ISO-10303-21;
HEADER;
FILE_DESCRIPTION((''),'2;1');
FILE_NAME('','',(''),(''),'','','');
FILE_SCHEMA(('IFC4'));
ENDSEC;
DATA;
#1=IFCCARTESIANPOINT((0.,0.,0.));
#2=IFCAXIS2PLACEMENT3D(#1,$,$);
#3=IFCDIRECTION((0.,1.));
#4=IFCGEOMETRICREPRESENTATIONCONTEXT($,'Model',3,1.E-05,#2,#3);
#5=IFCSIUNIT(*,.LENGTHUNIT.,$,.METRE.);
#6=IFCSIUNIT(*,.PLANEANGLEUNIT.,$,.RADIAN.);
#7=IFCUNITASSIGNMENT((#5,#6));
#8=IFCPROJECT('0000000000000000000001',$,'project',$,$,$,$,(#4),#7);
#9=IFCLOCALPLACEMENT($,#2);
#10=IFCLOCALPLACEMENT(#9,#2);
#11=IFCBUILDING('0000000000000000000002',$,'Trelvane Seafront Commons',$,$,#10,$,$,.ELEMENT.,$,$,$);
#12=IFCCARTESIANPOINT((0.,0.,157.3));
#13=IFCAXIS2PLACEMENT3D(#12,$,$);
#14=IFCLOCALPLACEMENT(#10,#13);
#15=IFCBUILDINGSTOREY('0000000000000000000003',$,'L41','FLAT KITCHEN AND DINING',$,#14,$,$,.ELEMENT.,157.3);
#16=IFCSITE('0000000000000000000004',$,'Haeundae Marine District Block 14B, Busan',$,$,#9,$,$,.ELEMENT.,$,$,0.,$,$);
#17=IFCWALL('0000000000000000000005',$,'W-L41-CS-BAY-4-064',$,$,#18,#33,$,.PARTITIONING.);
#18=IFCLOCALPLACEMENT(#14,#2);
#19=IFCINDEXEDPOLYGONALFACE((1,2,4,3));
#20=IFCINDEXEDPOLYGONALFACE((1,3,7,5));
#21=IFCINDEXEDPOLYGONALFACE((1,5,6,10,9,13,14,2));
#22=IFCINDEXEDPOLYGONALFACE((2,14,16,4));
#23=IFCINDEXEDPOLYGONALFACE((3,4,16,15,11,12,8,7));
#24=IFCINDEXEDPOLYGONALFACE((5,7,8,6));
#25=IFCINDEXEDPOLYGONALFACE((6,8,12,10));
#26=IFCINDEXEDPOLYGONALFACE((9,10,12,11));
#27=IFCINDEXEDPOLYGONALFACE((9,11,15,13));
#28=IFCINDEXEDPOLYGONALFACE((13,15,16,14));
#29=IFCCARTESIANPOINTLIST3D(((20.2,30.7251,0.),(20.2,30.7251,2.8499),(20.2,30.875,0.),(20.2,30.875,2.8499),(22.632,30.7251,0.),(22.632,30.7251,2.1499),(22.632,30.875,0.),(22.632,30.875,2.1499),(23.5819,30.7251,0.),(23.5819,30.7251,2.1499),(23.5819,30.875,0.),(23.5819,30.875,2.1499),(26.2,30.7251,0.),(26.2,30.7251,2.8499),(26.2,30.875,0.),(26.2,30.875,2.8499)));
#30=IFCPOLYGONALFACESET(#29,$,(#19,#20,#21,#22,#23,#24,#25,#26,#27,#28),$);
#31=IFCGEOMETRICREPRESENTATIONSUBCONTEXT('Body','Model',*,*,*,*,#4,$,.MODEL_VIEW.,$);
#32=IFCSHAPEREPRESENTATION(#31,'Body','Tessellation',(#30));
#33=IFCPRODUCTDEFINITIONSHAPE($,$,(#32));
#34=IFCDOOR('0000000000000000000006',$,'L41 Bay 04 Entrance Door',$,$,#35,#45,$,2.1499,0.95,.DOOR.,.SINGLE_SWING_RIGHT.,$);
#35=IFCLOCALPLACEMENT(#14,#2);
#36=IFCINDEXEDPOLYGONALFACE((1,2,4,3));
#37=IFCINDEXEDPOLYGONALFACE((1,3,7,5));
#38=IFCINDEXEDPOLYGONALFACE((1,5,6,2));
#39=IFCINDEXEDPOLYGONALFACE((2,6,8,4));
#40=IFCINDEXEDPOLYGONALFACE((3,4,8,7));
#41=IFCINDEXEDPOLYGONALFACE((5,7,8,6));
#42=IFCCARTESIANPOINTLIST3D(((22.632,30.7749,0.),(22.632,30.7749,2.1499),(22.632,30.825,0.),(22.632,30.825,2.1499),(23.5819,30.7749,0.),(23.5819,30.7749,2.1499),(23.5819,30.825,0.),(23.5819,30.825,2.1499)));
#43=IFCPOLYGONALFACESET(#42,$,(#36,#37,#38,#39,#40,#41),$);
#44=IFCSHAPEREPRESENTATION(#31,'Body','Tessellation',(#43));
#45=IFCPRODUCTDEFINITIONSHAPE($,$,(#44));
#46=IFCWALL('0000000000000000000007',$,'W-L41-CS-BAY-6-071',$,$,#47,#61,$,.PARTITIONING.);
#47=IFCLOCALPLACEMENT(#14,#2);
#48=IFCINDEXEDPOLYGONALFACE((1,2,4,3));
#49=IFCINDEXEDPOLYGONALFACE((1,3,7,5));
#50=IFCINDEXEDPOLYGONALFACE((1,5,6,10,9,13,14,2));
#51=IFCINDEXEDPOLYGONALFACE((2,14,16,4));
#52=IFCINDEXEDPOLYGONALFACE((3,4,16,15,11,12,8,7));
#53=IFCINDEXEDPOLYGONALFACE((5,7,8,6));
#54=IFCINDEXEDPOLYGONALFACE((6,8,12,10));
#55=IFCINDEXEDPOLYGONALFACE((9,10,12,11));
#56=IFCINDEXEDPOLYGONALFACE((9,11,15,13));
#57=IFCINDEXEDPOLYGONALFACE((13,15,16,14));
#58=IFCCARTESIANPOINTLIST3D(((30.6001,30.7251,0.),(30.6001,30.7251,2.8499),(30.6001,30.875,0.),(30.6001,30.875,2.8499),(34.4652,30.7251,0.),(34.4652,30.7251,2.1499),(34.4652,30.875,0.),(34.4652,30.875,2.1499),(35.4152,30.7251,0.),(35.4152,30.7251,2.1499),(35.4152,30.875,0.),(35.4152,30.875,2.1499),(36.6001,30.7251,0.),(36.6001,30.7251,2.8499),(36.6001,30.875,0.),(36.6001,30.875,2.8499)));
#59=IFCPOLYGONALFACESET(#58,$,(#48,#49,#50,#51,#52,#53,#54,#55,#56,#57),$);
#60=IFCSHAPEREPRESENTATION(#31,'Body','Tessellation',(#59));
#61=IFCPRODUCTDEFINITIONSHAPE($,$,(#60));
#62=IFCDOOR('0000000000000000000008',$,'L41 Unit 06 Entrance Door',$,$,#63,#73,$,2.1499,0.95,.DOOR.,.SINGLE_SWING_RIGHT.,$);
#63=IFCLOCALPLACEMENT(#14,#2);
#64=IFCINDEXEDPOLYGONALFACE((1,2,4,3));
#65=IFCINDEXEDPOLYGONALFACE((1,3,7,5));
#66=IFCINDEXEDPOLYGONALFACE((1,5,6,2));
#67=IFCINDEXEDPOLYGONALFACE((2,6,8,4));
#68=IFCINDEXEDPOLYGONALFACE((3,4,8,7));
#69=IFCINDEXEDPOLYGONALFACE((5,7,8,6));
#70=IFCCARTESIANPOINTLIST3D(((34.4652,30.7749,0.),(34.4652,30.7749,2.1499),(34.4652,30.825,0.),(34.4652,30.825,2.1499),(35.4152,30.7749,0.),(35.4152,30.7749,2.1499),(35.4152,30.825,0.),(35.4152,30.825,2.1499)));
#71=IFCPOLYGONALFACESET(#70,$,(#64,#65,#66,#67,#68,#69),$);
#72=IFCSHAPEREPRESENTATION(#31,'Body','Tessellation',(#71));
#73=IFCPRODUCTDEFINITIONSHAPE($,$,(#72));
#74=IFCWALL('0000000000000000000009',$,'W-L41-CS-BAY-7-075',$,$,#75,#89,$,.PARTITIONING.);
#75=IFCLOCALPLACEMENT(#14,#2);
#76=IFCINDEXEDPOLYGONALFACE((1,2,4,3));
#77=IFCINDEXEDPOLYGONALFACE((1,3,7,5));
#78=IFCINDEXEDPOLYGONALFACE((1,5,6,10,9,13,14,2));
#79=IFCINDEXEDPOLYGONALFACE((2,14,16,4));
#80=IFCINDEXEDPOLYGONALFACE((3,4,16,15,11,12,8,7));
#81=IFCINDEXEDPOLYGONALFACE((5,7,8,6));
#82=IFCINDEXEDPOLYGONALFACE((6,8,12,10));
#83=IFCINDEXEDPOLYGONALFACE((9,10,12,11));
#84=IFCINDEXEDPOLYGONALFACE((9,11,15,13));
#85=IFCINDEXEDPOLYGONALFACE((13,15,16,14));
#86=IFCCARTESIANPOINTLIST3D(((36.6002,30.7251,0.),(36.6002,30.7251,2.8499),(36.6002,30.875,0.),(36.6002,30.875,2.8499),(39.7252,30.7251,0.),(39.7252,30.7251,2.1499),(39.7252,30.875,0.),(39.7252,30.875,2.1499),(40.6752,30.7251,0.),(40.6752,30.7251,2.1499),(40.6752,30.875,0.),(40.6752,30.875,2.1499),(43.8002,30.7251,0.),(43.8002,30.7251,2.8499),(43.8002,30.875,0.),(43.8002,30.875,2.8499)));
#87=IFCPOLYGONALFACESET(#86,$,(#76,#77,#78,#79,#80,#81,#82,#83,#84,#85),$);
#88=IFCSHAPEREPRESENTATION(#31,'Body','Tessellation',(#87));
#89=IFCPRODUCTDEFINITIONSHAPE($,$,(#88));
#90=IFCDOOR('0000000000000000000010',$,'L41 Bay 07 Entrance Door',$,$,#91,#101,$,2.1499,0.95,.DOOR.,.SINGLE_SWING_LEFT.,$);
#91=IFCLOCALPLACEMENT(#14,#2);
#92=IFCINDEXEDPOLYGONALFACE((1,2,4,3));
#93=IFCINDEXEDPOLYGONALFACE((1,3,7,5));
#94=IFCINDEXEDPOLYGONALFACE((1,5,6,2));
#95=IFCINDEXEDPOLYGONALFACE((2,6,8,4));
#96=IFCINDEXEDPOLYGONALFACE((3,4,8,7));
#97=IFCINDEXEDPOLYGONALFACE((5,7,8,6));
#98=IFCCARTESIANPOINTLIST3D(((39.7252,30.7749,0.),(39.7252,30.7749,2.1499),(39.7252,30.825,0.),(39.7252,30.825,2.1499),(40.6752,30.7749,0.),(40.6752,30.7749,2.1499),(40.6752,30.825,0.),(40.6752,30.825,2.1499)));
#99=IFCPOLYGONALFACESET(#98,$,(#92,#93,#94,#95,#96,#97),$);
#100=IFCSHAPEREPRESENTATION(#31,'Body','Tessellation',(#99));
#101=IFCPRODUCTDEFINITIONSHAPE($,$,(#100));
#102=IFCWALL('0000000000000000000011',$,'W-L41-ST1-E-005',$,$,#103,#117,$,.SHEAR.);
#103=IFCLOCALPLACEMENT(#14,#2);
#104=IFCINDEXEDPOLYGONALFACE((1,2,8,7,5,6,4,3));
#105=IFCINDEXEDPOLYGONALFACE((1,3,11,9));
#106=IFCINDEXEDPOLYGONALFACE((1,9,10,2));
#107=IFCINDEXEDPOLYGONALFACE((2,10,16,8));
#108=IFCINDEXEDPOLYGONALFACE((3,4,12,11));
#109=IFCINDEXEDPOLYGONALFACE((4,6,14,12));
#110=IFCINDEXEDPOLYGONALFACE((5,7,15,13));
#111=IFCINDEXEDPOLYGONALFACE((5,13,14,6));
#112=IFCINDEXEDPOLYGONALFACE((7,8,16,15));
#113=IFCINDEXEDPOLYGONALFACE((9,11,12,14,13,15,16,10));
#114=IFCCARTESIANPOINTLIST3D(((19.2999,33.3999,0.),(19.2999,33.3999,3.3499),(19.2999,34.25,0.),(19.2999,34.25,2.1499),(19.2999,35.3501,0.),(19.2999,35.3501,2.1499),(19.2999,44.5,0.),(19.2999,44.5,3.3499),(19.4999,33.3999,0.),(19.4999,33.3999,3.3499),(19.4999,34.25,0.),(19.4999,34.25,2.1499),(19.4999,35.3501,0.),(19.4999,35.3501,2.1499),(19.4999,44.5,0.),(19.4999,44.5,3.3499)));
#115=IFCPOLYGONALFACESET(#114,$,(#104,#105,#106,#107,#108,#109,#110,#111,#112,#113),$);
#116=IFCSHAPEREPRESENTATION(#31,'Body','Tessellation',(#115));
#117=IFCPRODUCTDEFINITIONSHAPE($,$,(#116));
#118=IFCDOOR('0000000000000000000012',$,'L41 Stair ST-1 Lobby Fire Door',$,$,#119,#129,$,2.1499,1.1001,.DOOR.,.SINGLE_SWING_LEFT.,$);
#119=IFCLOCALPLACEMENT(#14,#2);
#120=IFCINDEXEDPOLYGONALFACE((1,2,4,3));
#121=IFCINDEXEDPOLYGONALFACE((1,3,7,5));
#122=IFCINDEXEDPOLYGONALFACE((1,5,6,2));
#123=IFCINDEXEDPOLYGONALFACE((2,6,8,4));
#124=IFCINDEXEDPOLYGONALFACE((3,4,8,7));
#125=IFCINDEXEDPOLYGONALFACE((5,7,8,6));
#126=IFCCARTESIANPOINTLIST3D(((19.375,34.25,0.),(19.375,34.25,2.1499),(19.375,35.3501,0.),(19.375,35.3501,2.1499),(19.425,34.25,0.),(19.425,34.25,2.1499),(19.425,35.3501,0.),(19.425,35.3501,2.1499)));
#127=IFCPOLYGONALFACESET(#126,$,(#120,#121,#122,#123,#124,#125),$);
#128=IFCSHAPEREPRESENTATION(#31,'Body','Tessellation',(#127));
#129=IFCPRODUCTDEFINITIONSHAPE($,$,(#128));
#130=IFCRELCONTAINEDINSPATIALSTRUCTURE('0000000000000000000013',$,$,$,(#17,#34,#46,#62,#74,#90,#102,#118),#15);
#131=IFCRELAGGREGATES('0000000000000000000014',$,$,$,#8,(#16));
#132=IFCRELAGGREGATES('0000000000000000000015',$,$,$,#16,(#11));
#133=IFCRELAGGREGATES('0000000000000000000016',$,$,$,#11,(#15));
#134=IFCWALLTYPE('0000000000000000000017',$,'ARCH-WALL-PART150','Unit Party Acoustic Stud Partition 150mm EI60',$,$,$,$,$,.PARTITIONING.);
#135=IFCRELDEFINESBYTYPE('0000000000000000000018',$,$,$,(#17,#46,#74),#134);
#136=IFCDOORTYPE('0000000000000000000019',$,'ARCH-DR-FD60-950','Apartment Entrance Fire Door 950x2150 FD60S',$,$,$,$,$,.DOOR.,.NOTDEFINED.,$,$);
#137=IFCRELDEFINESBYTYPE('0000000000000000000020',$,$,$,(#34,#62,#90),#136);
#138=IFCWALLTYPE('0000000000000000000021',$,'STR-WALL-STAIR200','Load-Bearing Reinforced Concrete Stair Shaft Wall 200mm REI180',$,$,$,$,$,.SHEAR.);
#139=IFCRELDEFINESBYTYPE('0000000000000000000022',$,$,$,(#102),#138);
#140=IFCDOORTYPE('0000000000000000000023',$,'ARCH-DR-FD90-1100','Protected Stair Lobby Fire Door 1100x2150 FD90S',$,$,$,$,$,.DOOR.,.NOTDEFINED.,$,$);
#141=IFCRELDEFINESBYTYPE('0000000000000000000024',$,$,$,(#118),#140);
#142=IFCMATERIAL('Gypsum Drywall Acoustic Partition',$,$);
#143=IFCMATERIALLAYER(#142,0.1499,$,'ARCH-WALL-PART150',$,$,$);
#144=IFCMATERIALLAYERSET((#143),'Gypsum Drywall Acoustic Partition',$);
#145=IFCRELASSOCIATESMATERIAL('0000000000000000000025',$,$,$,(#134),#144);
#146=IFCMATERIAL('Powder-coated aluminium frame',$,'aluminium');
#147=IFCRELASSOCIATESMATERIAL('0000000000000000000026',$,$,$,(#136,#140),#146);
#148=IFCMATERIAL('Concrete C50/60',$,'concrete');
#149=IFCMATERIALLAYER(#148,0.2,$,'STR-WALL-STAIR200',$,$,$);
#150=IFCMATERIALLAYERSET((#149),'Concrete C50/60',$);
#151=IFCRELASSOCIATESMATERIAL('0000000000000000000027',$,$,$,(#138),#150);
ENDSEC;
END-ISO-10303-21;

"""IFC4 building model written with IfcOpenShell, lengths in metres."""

from ifc_helpers import new_model, si_unit, direction, frame, frame_2d, origin, place, context, subcontext, project, spatial, rectangle, extrude, source, transform, mapped, material, layer, layer_set, type_object, element, fill, save


model = new_model("IFC4")

# Units and contexts
model_context = context("Model", 3, precision=1e-05, world=origin(), true_north=direction((0.0, 1.0)))
body_context = subcontext(model_context, "Body", "Model", "MODEL_VIEW")
ifc_project = project(units=[si_unit("LENGTHUNIT", "METRE"), si_unit("PLANEANGLEUNIT", "RADIAN")], contexts=[model_context])

# Site, building, storey
site_placement = place(None, origin())
site = spatial("IfcSite", under=ifc_project, at=site_placement, Name="Haeundae Marine District Block 14B, Busan", CompositionType="ELEMENT", RefElevation=0.0)
building_placement = place(site_placement, origin())
building = spatial("IfcBuilding", under=site, at=building_placement, Name="Trelvane Seafront Commons", CompositionType="ELEMENT")
storey_placement = place(building_placement, frame((0.0, 0.0, 157.3)))
storey = spatial("IfcBuildingStorey", under=building, at=storey_placement, Name="L41", Description="FLAT KITCHEN AND DINING", CompositionType="ELEMENT", Elevation=157.3)

# Shared definitions
ifc_material_1 = material(Name="Concrete C50/60", Category="concrete")

# Shared definitions
ifc_material_2 = material(Name="Powder-coated aluminium frame", Category="aluminium")
ifc_material_3 = material(Name="Gypsum Drywall Acoustic Partition")
shared_shape_1 = source(origin(), body_context, "Body", "SweptSolid", [
    extrude(rectangle(XDim=0.95, YDim=2.1499, at=frame_2d((0.4751, 1.075))), frame((0.0, 0.0249, 0.0), z_axis=(0.0, -1.0, 0.0), x_axis=(1.0, 0.0, 0.0)), (0.0, 0.0, 1.0), 0.05),
])

# Walls, openings, doors
ifc_layer_1 = layer(ifc_material_3, 0.1499, Name="ARCH-WALL-PART150")
ifc_layer_set_1 = layer_set([ifc_layer_1], Name="Gypsum Drywall Acoustic Partition")
wall_type_1 = type_object("IfcWallType", Name="ARCH-WALL-PART150", Description="Unit Party Acoustic Stud Partition 150mm EI60", PredefinedType="PARTITIONING", material=ifc_layer_set_1)
wall_1_placement = place(storey_placement, frame((20.2, 30.8, 0.0), z_axis=(0.0, 0.0, 1.0), x_axis=(1.0, 0.0, 0.0)))
wall_1 = element("IfcWall", 1, at=wall_1_placement, inside=storey, type_object=wall_type_1, Name="W-L41-CS-BAY-4-064", PredefinedType="PARTITIONING", context=body_context, shape_type="SweptSolid", body=[
    extrude(rectangle(XDim=6.0, YDim=0.1499, at=frame_2d((3.0, 0.0))), origin(), (0.0, 0.0, 1.0), 2.8499),
])
opening_1_placement = place(wall_1_placement, frame((2.4319, 0.0, 0.0)))
opening_1 = element("IfcOpeningElement", 2, at=opening_1_placement, cuts=wall_1, PredefinedType="OPENING", context=body_context, shape_type="SweptSolid", body=[
    extrude(rectangle(XDim=0.95, YDim=2.1499, at=frame_2d((0.4751, 1.075))), frame((0.0, 0.085, 0.0), z_axis=(0.0, -1.0, 0.0), x_axis=(1.0, 0.0, 0.0)), (0.0, 0.0, 1.0), 0.1699),
])
door_type_1 = type_object("IfcDoorType", Name="ARCH-DR-FD60-950", Description="Apartment Entrance Fire Door 950x2150 FD60S", OperationType="NOTDEFINED", PredefinedType="DOOR", material=ifc_material_2)
door_1_placement = place(opening_1_placement, origin())
door_1 = element("IfcDoor", 3, at=door_1_placement, inside=storey, type_object=door_type_1, Name="L41 Bay 04 Entrance Door", OperationType="SINGLE_SWING_RIGHT", OverallHeight=2.1499, OverallWidth=0.95, PredefinedType="DOOR", context=body_context, shape_type="MappedRepresentation", body=[
    mapped(shared_shape_1, transform((0.0, 0.0, 0.0), x_axis=(1.0, 0.0, 0.0), y_axis=(0.0, 1.0, 0.0), z_axis=(0.0, 0.0, 1.0), scale=1.0)),
])
fill(opening_1, door_1)
wall_2_placement = place(storey_placement, frame((30.6001, 30.8, 0.0), z_axis=(0.0, 0.0, 1.0), x_axis=(1.0, 0.0, 0.0)))
wall_2 = element("IfcWall", 4, at=wall_2_placement, inside=storey, type_object=wall_type_1, Name="W-L41-CS-BAY-6-071", PredefinedType="PARTITIONING", context=body_context, shape_type="SweptSolid", body=[
    extrude(rectangle(XDim=6.0, YDim=0.1499, at=frame_2d((3.0, 0.0))), origin(), (0.0, 0.0, 1.0), 2.8499),
])
opening_2_placement = place(wall_2_placement, frame((3.865, 0.0, 0.0)))
opening_2 = element("IfcOpeningElement", 5, at=opening_2_placement, cuts=wall_2, PredefinedType="OPENING", context=body_context, shape_type="SweptSolid", body=[
    extrude(rectangle(XDim=0.95, YDim=2.1499, at=frame_2d((0.4751, 1.075))), frame((0.0, 0.085, 0.0), z_axis=(0.0, -1.0, 0.0), x_axis=(1.0, 0.0, 0.0)), (0.0, 0.0, 1.0), 0.1699),
])
door_2_placement = place(opening_2_placement, origin())
door_2 = element("IfcDoor", 6, at=door_2_placement, inside=storey, type_object=door_type_1, Name="L41 Unit 06 Entrance Door", OperationType="SINGLE_SWING_RIGHT", OverallHeight=2.1499, OverallWidth=0.95, PredefinedType="DOOR", context=body_context, shape_type="MappedRepresentation", body=[
    mapped(shared_shape_1, transform((0.0, 0.0, 0.0), x_axis=(1.0, 0.0, 0.0), y_axis=(0.0, 1.0, 0.0), z_axis=(0.0, 0.0, 1.0), scale=1.0)),
])
fill(opening_2, door_2)
wall_3_placement = place(storey_placement, frame((36.6001, 30.8, 0.0), z_axis=(0.0, 0.0, 1.0), x_axis=(1.0, 0.0, 0.0)))
wall_3 = element("IfcWall", 7, at=wall_3_placement, inside=storey, type_object=wall_type_1, Name="W-L41-CS-BAY-7-075", PredefinedType="PARTITIONING", context=body_context, shape_type="SweptSolid", body=[
    extrude(rectangle(XDim=7.2, YDim=0.1499, at=frame_2d((3.6001, 0.0))), origin(), (0.0, 0.0, 1.0), 2.8499),
])
opening_3_placement = place(wall_3_placement, frame((3.125, 0.0, 0.0)))
opening_3 = element("IfcOpeningElement", 8, at=opening_3_placement, cuts=wall_3, PredefinedType="OPENING", context=body_context, shape_type="SweptSolid", body=[
    extrude(rectangle(XDim=0.95, YDim=2.1499, at=frame_2d((0.4751, 1.075))), frame((0.0, 0.085, 0.0), z_axis=(0.0, -1.0, 0.0), x_axis=(1.0, 0.0, 0.0)), (0.0, 0.0, 1.0), 0.1699),
])
door_3_placement = place(opening_3_placement, origin())
door_3 = element("IfcDoor", 9, at=door_3_placement, inside=storey, type_object=door_type_1, Name="L41 Bay 07 Entrance Door", OperationType="SINGLE_SWING_LEFT", OverallHeight=2.1499, OverallWidth=0.95, PredefinedType="DOOR", context=body_context, shape_type="MappedRepresentation", body=[
    mapped(shared_shape_1, transform((0.0, 0.0, 0.0), x_axis=(1.0, 0.0, 0.0), y_axis=(0.0, 1.0, 0.0), z_axis=(0.0, 0.0, 1.0), scale=1.0)),
])
fill(opening_3, door_3)
ifc_layer_2 = layer(ifc_material_1, 0.2, Name="STR-WALL-STAIR200")
ifc_layer_set_2 = layer_set([ifc_layer_2], Name="Concrete C50/60")
wall_type_2 = type_object("IfcWallType", Name="STR-WALL-STAIR200", Description="Load-Bearing Reinforced Concrete Stair Shaft Wall 200mm REI180", PredefinedType="SHEAR", material=ifc_layer_set_2)
wall_4_placement = place(storey_placement, frame((19.3999, 33.3999, 0.0), z_axis=(0.0, 0.0, 1.0), x_axis=(0.0, 1.0, 0.0)))
wall_4 = element("IfcWall", 10, at=wall_4_placement, inside=storey, type_object=wall_type_2, Name="W-L41-ST1-E-005", PredefinedType="SHEAR", context=body_context, shape_type="SweptSolid", body=[
    extrude(rectangle(XDim=11.1001, YDim=0.2, at=frame_2d((5.55, 0.0))), origin(), (0.0, 0.0, 1.0), 3.3499),
])
opening_4_placement = place(wall_4_placement, frame((0.8501, 0.0, 0.0)))
opening_4 = element("IfcOpeningElement", 11, at=opening_4_placement, cuts=wall_4, PredefinedType="OPENING", context=body_context, shape_type="SweptSolid", body=[
    extrude(rectangle(XDim=1.1001, YDim=2.1499, at=frame_2d((0.55, 1.075))), frame((0.0, 0.1099, 0.0), z_axis=(0.0, -1.0, 0.0), x_axis=(1.0, 0.0, 0.0)), (0.0, 0.0, 1.0), 0.22),
])
door_type_2 = type_object("IfcDoorType", Name="ARCH-DR-FD90-1100", Description="Protected Stair Lobby Fire Door 1100x2150 FD90S", OperationType="NOTDEFINED", PredefinedType="DOOR", material=ifc_material_2)
shared_shape_2 = source(origin(), body_context, "Body", "SweptSolid", [
    extrude(rectangle(XDim=1.1001, YDim=2.1499, at=frame_2d((0.55, 1.075))), frame((0.0, 0.0249, 0.0), z_axis=(0.0, -1.0, 0.0), x_axis=(1.0, 0.0, 0.0)), (0.0, 0.0, 1.0), 0.05),
])
door_4_placement = place(opening_4_placement, origin())
door_4 = element("IfcDoor", 12, at=door_4_placement, inside=storey, type_object=door_type_2, Name="L41 Stair ST-1 Lobby Fire Door", OperationType="SINGLE_SWING_LEFT", OverallHeight=2.1499, OverallWidth=1.1001, PredefinedType="DOOR", context=body_context, shape_type="MappedRepresentation", body=[
    mapped(shared_shape_2, transform((0.0, 0.0, 0.0), x_axis=(1.0, 0.0, 0.0), y_axis=(0.0, 1.0, 0.0), z_axis=(0.0, 0.0, 1.0), scale=1.0)),
])
fill(opening_4, door_4)

save(model, "model.ifc")
